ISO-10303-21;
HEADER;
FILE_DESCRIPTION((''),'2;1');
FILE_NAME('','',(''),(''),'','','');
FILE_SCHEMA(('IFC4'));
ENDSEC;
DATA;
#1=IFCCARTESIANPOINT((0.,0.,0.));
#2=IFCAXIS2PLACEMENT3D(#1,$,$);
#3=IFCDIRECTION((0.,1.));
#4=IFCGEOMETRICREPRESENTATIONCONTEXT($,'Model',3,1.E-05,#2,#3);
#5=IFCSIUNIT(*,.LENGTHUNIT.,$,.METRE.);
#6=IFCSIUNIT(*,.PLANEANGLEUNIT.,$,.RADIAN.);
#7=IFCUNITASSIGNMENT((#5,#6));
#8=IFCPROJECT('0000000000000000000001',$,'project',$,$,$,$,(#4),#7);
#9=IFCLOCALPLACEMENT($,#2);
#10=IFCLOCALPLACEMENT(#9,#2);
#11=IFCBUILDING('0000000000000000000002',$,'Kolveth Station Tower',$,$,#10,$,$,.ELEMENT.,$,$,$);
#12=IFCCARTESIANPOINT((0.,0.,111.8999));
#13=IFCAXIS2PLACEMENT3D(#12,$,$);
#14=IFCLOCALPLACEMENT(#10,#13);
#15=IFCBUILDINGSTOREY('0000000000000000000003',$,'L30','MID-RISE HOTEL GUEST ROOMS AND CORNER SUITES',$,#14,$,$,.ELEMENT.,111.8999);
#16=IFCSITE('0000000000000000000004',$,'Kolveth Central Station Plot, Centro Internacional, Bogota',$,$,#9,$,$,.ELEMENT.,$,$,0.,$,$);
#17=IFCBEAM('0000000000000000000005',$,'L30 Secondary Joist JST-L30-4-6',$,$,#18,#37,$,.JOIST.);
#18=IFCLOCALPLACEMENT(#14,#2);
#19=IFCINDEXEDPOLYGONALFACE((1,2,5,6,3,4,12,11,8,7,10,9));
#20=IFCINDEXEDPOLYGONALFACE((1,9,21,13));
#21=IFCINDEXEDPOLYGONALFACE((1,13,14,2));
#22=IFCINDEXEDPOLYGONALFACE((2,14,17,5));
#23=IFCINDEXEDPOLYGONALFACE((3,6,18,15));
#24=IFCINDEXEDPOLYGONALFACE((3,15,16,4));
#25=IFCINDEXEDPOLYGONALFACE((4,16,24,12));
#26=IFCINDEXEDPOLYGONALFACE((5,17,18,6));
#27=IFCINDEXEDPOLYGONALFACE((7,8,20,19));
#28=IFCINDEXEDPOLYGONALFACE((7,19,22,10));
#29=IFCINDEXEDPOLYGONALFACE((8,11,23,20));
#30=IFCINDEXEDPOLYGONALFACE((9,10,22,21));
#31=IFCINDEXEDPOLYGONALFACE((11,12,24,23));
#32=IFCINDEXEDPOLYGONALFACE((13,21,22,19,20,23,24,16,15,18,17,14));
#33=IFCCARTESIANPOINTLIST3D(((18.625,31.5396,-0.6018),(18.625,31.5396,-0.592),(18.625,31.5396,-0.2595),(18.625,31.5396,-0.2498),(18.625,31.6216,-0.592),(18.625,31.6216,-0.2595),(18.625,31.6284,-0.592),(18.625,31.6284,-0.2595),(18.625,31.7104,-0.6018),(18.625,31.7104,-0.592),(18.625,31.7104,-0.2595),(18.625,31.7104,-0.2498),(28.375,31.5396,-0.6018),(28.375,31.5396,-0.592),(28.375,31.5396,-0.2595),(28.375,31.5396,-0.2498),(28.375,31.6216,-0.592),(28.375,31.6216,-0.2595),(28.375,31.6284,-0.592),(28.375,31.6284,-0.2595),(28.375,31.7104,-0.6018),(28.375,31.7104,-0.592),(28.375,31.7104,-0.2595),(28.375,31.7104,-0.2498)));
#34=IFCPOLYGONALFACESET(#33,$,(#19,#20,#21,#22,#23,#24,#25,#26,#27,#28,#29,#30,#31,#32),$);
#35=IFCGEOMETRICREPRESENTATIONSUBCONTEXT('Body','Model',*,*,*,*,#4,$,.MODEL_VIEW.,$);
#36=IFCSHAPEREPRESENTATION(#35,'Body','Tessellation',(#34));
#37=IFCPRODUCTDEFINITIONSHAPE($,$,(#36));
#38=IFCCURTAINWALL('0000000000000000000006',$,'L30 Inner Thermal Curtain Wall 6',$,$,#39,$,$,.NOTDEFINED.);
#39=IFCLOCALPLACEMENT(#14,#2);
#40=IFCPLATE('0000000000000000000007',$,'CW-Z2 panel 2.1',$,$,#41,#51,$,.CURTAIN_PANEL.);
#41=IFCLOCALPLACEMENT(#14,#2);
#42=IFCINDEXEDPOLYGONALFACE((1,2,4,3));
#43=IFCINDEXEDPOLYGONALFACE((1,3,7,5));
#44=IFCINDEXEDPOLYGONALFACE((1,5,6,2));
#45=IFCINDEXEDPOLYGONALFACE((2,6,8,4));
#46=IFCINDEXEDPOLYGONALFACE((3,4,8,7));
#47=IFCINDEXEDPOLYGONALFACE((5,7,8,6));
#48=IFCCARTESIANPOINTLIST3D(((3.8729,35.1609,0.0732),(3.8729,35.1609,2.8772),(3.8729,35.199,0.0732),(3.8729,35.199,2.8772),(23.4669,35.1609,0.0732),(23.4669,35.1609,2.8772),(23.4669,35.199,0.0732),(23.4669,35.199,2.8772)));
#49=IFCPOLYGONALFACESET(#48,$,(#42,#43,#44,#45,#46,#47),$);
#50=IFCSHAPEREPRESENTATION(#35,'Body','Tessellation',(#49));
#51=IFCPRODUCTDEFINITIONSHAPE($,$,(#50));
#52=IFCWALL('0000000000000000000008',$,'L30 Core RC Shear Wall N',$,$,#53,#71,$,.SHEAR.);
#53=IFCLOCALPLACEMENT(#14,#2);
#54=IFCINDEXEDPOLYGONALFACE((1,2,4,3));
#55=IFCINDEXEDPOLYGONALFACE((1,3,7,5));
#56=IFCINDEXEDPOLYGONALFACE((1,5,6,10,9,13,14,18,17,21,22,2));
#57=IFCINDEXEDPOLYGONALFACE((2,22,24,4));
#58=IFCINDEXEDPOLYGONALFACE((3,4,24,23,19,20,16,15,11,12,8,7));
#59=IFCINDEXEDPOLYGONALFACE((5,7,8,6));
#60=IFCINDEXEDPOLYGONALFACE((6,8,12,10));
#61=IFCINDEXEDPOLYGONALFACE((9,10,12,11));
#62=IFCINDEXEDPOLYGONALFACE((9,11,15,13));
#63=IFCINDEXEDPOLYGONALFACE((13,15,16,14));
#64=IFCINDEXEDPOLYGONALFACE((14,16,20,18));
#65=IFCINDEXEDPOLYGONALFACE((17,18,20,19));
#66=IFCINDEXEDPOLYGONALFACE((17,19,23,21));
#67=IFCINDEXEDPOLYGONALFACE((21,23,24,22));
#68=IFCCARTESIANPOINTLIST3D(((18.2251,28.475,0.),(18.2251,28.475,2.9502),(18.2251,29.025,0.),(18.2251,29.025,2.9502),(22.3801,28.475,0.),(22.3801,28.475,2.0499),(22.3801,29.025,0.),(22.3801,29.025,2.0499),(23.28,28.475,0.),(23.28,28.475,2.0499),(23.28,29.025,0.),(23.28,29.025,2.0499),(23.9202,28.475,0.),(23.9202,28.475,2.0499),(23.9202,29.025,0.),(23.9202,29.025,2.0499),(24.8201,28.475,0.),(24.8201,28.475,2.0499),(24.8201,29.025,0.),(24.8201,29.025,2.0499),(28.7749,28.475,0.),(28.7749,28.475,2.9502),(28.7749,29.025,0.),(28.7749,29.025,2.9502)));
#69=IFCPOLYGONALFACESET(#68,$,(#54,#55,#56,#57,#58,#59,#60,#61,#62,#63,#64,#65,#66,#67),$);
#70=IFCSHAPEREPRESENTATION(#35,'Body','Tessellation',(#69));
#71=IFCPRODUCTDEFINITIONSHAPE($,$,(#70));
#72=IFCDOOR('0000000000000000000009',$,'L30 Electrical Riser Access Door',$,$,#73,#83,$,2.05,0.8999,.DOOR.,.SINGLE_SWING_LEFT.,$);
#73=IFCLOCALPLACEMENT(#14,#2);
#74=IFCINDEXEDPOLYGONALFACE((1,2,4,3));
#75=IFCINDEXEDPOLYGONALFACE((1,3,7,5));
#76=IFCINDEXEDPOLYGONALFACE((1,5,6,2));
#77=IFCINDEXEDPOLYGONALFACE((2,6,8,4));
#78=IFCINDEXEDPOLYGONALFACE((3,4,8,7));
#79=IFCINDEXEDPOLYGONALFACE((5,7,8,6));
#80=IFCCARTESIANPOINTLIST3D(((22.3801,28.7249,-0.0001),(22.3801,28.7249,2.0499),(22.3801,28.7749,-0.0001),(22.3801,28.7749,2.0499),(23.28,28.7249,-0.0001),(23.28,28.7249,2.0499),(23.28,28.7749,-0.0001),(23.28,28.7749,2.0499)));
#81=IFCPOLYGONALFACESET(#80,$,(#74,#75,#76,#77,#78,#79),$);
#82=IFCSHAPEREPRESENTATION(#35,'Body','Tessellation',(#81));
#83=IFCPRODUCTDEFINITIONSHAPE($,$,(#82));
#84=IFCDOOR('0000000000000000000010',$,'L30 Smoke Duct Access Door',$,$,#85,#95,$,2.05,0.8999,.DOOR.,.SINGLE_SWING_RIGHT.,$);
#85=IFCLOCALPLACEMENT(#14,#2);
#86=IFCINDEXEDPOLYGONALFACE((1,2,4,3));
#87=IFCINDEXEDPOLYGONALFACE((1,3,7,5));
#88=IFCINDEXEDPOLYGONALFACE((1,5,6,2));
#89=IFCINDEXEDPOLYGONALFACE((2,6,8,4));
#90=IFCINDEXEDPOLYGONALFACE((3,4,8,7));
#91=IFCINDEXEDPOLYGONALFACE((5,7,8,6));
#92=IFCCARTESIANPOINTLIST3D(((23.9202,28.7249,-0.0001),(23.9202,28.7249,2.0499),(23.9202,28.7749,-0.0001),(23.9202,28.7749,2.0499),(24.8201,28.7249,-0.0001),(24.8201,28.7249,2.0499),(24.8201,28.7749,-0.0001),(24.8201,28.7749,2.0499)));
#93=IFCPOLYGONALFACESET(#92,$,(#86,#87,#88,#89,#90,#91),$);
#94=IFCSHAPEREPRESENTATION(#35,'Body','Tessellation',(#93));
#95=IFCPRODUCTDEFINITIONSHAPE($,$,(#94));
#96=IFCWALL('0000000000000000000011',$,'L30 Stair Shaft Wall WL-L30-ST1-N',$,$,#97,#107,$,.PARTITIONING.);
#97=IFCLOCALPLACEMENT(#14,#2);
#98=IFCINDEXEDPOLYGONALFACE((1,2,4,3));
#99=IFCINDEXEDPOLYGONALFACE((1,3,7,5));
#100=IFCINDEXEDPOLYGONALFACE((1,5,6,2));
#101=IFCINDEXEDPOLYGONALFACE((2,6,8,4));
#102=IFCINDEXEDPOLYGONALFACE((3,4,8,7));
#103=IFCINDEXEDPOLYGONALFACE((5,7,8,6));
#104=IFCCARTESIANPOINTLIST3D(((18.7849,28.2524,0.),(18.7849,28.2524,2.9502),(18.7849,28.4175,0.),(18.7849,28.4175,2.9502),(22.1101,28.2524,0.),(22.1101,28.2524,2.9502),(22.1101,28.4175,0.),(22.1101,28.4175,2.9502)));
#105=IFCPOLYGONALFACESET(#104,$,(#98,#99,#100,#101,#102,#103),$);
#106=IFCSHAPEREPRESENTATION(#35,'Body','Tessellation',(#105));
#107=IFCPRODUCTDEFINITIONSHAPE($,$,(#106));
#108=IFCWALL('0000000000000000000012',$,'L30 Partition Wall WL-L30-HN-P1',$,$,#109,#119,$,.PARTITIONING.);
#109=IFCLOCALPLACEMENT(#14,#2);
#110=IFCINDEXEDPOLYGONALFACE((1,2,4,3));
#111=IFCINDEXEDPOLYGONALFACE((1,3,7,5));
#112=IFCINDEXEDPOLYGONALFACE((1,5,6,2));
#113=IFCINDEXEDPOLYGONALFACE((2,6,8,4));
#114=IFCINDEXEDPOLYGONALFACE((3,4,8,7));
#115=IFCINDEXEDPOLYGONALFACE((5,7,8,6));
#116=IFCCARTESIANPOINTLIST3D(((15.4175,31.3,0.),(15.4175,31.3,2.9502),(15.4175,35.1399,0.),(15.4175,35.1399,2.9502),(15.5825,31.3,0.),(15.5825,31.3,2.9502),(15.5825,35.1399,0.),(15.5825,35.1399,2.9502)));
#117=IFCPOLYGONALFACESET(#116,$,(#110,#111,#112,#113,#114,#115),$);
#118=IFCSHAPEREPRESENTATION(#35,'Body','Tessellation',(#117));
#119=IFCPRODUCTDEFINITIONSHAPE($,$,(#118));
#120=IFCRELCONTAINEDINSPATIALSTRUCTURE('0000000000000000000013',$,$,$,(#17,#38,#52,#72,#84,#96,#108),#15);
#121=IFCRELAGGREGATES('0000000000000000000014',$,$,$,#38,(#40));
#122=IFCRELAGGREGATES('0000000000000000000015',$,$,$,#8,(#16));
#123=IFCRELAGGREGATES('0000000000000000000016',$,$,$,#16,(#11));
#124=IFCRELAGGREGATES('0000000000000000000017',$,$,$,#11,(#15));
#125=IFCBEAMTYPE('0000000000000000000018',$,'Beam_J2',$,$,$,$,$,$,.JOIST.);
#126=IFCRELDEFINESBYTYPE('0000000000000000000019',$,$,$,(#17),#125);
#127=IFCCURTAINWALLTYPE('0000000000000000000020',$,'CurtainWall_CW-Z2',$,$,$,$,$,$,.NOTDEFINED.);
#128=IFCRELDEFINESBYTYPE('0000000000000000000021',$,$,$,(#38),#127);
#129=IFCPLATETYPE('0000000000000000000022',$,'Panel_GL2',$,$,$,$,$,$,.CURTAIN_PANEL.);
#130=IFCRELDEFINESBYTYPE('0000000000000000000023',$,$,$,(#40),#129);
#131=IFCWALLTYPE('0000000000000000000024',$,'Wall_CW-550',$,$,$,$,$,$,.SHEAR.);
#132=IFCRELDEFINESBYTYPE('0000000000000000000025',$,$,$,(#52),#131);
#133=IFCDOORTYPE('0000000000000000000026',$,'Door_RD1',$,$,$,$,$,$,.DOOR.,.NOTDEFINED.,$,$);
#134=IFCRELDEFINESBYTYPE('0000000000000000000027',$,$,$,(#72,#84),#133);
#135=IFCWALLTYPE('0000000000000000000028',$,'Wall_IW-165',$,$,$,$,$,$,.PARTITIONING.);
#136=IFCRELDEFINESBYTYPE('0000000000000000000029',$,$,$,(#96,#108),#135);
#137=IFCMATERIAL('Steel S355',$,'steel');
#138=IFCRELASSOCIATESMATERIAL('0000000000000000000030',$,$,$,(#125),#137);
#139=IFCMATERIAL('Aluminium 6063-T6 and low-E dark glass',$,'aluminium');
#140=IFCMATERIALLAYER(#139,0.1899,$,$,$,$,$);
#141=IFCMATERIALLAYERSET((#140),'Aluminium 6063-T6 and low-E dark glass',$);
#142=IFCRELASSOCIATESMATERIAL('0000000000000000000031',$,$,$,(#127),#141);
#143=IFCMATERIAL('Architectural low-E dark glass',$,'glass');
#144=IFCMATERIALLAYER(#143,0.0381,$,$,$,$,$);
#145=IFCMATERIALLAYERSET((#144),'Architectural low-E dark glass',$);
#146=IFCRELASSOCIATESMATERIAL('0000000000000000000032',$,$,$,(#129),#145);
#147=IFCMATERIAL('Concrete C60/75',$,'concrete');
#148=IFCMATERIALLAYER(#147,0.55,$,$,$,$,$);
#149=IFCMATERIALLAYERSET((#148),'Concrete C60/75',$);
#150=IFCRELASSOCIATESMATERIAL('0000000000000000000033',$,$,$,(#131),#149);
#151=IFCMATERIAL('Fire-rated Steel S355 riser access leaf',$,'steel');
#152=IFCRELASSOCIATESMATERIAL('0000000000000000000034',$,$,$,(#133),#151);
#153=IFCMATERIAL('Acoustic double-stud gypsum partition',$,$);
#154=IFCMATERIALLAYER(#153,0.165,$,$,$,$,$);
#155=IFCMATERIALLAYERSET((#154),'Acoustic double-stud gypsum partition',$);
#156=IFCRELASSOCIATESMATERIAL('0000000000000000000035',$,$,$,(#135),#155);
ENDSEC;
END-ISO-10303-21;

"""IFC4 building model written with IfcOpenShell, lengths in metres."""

from ifc_helpers import new_model, si_unit, direction, frame, frame_2d, origin, origin_2d, place, context, subcontext, project, spatial, rectangle, i_section, extrude, source, transform, mapped, material, layer, layer_set, material_profile, profile_set, type_object, element, fill, aggregate, save


model = new_model("IFC4")

# Units and contexts
model_context = context("Model", 3, precision=1e-05, world=origin(), true_north=direction((0.0, 1.0)))
body_context = subcontext(model_context, "Body", "Model", "MODEL_VIEW")
ifc_project = project(units=[si_unit("LENGTHUNIT", "METRE"), si_unit("PLANEANGLEUNIT", "RADIAN")], contexts=[model_context])

# Site, building, storey
site_placement = place(None, origin())
site = spatial("IfcSite", under=ifc_project, at=site_placement, Name="Kolveth Central Station Plot, Centro Internacional, Bogota", CompositionType="ELEMENT", RefElevation=0.0)
building_placement = place(site_placement, origin())
building = spatial("IfcBuilding", under=site, at=building_placement, Name="Kolveth Station Tower", CompositionType="ELEMENT")
storey_placement = place(building_placement, frame((0.0, 0.0, 111.8999)))
storey = spatial("IfcBuildingStorey", under=building, at=storey_placement, Name="L30", Description="MID-RISE HOTEL GUEST ROOMS AND CORNER SUITES", CompositionType="ELEMENT", Elevation=111.8999)

# Shared definitions
ifc_material_1 = material(Name="Steel S355", Category="steel")

# Beam
ifc_material_profile_1 = material_profile(ifc_material_1, i_section(OverallWidth=0.1709, OverallDepth=0.3521, WebThickness=0.0068, FlangeThickness=0.0098, at=origin_2d()), Name="W360x44")
ifc_profile_set_1 = profile_set([ifc_material_profile_1], Name="Steel S355")
beam_type_1 = type_object("IfcBeamType", Name="Beam_J2", PredefinedType="JOIST", material=ifc_profile_set_1)
shared_shape_1 = source(origin(), body_context, "Body", "SweptSolid", [
    extrude(i_section(OverallWidth=0.1709, OverallDepth=0.3521, WebThickness=0.0068, FlangeThickness=0.0098, at=origin_2d()), origin(), (0.0, 0.0, 1.0), 9.75),
])
beam_1_placement = place(storey_placement, frame((18.625, 31.625, -0.4258), z_axis=(1.0, 0.0, 0.0), x_axis=(0.0, 1.0, 0.0)))
element("IfcBeam", 1, at=beam_1_placement, inside=storey, type_object=beam_type_1, Name="L30 Secondary Joist JST-L30-4-6", PredefinedType="JOIST", context=body_context, shape_type="MappedRepresentation", body=[
    mapped(shared_shape_1, transform((0.0, 0.0, 0.0), x_axis=(1.0, 0.0, 0.0), y_axis=(0.0, 1.0, 0.0), z_axis=(0.0, 0.0, 1.0), scale=1.0)),
])

# Curtain wall, plate
ifc_material_2 = material(Name="Aluminium 6063-T6 and low-E dark glass", Category="aluminium")
ifc_layer_1 = layer(ifc_material_2, 0.1899)
ifc_layer_set_1 = layer_set([ifc_layer_1], Name="Aluminium 6063-T6 and low-E dark glass")
curtain_wall_type = type_object("IfcCurtainWallType", Name="CurtainWall_CW-Z2", PredefinedType="NOTDEFINED", material=ifc_layer_set_1)
curtain_wall_placement = place(storey_placement, origin())
curtain_wall = element("IfcCurtainWall", 2, at=curtain_wall_placement, inside=storey, type_object=curtain_wall_type, Name="L30 Inner Thermal Curtain Wall 6", PredefinedType="NOTDEFINED")
ifc_material_3 = material(Name="Architectural low-E dark glass", Category="glass")
ifc_layer_2 = layer(ifc_material_3, 0.0381)
ifc_layer_set_2 = layer_set([ifc_layer_2], Name="Architectural low-E dark glass")
plate_type = type_object("IfcPlateType", Name="Panel_GL2", PredefinedType="CURTAIN_PANEL", material=ifc_layer_set_2)
shared_shape_2 = source(origin(), body_context, "Body", "SweptSolid", [
    extrude(rectangle(XDim=19.594, YDim=0.0381, at=origin_2d()), origin(), (0.0, 0.0, 1.0), 2.804),
])
plate_placement = place(storey_placement, frame((13.6699, 35.1799, 0.0732), z_axis=(0.0, 0.0, 1.0), x_axis=(-1.0, 0.0, 0.0)))
plate = element("IfcPlate", 3, at=plate_placement, type_object=plate_type, Name="CW-Z2 panel 2.1", PredefinedType="CURTAIN_PANEL", context=body_context, shape_type="MappedRepresentation", body=[
    mapped(shared_shape_2, transform((0.0, 0.0, 0.0), x_axis=(1.0, 0.0, 0.0), y_axis=(0.0, 1.0, 0.0), z_axis=(0.0, 0.0, 1.0), scale=1.0)),
])
aggregate(curtain_wall, [plate])

# Wall, openings, doors
ifc_material_4 = material(Name="Concrete C60/75", Category="concrete")
ifc_layer_3 = layer(ifc_material_4, 0.55)
ifc_layer_set_3 = layer_set([ifc_layer_3], Name="Concrete C60/75")
wall_type_1 = type_object("IfcWallType", Name="Wall_CW-550", PredefinedType="SHEAR", material=ifc_layer_set_3)
wall_1_placement = place(storey_placement, frame((18.2251, 28.75, 0.0), z_axis=(0.0, 0.0, 1.0), x_axis=(1.0, 0.0, 0.0)))
wall_1 = element("IfcWall", 4, at=wall_1_placement, inside=storey, type_object=wall_type_1, Name="L30 Core RC Shear Wall N", PredefinedType="SHEAR", context=body_context, shape_type="SweptSolid", body=[
    extrude(rectangle(XDim=10.5498, YDim=0.55, at=frame_2d((5.2749, 0.0))), origin(), (0.0, 0.0, 1.0), 2.9502),
])
opening_1_placement = place(wall_1_placement, frame((4.155, 0.0, 0.0)))
opening_1 = element("IfcOpeningElement", 5, at=opening_1_placement, cuts=wall_1, PredefinedType="OPENING", context=body_context, shape_type="SweptSolid", body=[
    extrude(rectangle(XDim=0.8999, YDim=2.05, at=frame_2d((0.45, 1.0249))), frame((0.0, 0.2849, 0.0), z_axis=(0.0, -1.0, 0.0), x_axis=(1.0, 0.0, 0.0)), (0.0, 0.0, 1.0), 0.5701),
])
opening_2_placement = place(wall_1_placement, frame((5.6951, 0.0, 0.0)))
opening_2 = element("IfcOpeningElement", 6, at=opening_2_placement, cuts=wall_1, PredefinedType="OPENING", context=body_context, shape_type="SweptSolid", body=[
    extrude(rectangle(XDim=0.8999, YDim=2.05, at=frame_2d((0.45, 1.0249))), frame((0.0, 0.2849, 0.0), z_axis=(0.0, -1.0, 0.0), x_axis=(1.0, 0.0, 0.0)), (0.0, 0.0, 1.0), 0.5701),
])
ifc_material_5 = material(Name="Fire-rated Steel S355 riser access leaf", Category="steel")
door_type = type_object("IfcDoorType", Name="Door_RD1", OperationType="NOTDEFINED", PredefinedType="DOOR", material=ifc_material_5)
door_1_placement = place(opening_1_placement, origin())
door_1 = element("IfcDoor", 7, at=door_1_placement, inside=storey, type_object=door_type, Name="L30 Electrical Riser Access Door", OperationType="SINGLE_SWING_LEFT", OverallHeight=2.05, OverallWidth=0.8999, PredefinedType="DOOR", context=body_context, shape_type="SweptSolid", body=[
    extrude(rectangle(XDim=0.8999, YDim=2.05, at=frame_2d((0.45, 1.0249))), frame((0.0, 0.0249, 0.0), z_axis=(0.0, -1.0, 0.0), x_axis=(1.0, 0.0, 0.0)), (0.0, 0.0, 1.0), 0.05),
])
fill(opening_1, door_1)
door_2_placement = place(opening_2_placement, origin())
door_2 = element("IfcDoor", 8, at=door_2_placement, inside=storey, type_object=door_type, Name="L30 Smoke Duct Access Door", OperationType="SINGLE_SWING_RIGHT", OverallHeight=2.05, OverallWidth=0.8999, PredefinedType="DOOR", context=body_context, shape_type="SweptSolid", body=[
    extrude(rectangle(XDim=0.8999, YDim=2.05, at=frame_2d((0.45, 1.0249))), frame((0.0, 0.0249, 0.0), z_axis=(0.0, -1.0, 0.0), x_axis=(1.0, 0.0, 0.0)), (0.0, 0.0, 1.0), 0.05),
])
fill(opening_2, door_2)

# Walls
ifc_material_6 = material(Name="Acoustic double-stud gypsum partition")
ifc_layer_4 = layer(ifc_material_6, 0.165)
ifc_layer_set_4 = layer_set([ifc_layer_4], Name="Acoustic double-stud gypsum partition")
wall_type_2 = type_object("IfcWallType", Name="Wall_IW-165", PredefinedType="PARTITIONING", material=ifc_layer_set_4)
wall_2_placement = place(storey_placement, frame((18.7849, 28.335, 0.0), z_axis=(0.0, 0.0, 1.0), x_axis=(1.0, 0.0, 0.0)))
element("IfcWall", 9, at=wall_2_placement, inside=storey, type_object=wall_type_2, Name="L30 Stair Shaft Wall WL-L30-ST1-N", PredefinedType="PARTITIONING", context=body_context, shape_type="SweptSolid", body=[
    extrude(rectangle(XDim=3.3252, YDim=0.165, at=frame_2d((1.6626, 0.0))), origin(), (0.0, 0.0, 1.0), 2.9502),
])
wall_3_placement = place(storey_placement, frame((15.5, 31.3, 0.0), z_axis=(0.0, 0.0, 1.0), x_axis=(0.0, 1.0, 0.0)))
element("IfcWall", 10, at=wall_3_placement, inside=storey, type_object=wall_type_2, Name="L30 Partition Wall WL-L30-HN-P1", PredefinedType="PARTITIONING", context=body_context, shape_type="SweptSolid", body=[
    extrude(rectangle(XDim=3.8398, YDim=0.165, at=frame_2d((1.9199, 0.0))), origin(), (0.0, 0.0, 1.0), 2.9502),
])

save(model, "model.ifc")
